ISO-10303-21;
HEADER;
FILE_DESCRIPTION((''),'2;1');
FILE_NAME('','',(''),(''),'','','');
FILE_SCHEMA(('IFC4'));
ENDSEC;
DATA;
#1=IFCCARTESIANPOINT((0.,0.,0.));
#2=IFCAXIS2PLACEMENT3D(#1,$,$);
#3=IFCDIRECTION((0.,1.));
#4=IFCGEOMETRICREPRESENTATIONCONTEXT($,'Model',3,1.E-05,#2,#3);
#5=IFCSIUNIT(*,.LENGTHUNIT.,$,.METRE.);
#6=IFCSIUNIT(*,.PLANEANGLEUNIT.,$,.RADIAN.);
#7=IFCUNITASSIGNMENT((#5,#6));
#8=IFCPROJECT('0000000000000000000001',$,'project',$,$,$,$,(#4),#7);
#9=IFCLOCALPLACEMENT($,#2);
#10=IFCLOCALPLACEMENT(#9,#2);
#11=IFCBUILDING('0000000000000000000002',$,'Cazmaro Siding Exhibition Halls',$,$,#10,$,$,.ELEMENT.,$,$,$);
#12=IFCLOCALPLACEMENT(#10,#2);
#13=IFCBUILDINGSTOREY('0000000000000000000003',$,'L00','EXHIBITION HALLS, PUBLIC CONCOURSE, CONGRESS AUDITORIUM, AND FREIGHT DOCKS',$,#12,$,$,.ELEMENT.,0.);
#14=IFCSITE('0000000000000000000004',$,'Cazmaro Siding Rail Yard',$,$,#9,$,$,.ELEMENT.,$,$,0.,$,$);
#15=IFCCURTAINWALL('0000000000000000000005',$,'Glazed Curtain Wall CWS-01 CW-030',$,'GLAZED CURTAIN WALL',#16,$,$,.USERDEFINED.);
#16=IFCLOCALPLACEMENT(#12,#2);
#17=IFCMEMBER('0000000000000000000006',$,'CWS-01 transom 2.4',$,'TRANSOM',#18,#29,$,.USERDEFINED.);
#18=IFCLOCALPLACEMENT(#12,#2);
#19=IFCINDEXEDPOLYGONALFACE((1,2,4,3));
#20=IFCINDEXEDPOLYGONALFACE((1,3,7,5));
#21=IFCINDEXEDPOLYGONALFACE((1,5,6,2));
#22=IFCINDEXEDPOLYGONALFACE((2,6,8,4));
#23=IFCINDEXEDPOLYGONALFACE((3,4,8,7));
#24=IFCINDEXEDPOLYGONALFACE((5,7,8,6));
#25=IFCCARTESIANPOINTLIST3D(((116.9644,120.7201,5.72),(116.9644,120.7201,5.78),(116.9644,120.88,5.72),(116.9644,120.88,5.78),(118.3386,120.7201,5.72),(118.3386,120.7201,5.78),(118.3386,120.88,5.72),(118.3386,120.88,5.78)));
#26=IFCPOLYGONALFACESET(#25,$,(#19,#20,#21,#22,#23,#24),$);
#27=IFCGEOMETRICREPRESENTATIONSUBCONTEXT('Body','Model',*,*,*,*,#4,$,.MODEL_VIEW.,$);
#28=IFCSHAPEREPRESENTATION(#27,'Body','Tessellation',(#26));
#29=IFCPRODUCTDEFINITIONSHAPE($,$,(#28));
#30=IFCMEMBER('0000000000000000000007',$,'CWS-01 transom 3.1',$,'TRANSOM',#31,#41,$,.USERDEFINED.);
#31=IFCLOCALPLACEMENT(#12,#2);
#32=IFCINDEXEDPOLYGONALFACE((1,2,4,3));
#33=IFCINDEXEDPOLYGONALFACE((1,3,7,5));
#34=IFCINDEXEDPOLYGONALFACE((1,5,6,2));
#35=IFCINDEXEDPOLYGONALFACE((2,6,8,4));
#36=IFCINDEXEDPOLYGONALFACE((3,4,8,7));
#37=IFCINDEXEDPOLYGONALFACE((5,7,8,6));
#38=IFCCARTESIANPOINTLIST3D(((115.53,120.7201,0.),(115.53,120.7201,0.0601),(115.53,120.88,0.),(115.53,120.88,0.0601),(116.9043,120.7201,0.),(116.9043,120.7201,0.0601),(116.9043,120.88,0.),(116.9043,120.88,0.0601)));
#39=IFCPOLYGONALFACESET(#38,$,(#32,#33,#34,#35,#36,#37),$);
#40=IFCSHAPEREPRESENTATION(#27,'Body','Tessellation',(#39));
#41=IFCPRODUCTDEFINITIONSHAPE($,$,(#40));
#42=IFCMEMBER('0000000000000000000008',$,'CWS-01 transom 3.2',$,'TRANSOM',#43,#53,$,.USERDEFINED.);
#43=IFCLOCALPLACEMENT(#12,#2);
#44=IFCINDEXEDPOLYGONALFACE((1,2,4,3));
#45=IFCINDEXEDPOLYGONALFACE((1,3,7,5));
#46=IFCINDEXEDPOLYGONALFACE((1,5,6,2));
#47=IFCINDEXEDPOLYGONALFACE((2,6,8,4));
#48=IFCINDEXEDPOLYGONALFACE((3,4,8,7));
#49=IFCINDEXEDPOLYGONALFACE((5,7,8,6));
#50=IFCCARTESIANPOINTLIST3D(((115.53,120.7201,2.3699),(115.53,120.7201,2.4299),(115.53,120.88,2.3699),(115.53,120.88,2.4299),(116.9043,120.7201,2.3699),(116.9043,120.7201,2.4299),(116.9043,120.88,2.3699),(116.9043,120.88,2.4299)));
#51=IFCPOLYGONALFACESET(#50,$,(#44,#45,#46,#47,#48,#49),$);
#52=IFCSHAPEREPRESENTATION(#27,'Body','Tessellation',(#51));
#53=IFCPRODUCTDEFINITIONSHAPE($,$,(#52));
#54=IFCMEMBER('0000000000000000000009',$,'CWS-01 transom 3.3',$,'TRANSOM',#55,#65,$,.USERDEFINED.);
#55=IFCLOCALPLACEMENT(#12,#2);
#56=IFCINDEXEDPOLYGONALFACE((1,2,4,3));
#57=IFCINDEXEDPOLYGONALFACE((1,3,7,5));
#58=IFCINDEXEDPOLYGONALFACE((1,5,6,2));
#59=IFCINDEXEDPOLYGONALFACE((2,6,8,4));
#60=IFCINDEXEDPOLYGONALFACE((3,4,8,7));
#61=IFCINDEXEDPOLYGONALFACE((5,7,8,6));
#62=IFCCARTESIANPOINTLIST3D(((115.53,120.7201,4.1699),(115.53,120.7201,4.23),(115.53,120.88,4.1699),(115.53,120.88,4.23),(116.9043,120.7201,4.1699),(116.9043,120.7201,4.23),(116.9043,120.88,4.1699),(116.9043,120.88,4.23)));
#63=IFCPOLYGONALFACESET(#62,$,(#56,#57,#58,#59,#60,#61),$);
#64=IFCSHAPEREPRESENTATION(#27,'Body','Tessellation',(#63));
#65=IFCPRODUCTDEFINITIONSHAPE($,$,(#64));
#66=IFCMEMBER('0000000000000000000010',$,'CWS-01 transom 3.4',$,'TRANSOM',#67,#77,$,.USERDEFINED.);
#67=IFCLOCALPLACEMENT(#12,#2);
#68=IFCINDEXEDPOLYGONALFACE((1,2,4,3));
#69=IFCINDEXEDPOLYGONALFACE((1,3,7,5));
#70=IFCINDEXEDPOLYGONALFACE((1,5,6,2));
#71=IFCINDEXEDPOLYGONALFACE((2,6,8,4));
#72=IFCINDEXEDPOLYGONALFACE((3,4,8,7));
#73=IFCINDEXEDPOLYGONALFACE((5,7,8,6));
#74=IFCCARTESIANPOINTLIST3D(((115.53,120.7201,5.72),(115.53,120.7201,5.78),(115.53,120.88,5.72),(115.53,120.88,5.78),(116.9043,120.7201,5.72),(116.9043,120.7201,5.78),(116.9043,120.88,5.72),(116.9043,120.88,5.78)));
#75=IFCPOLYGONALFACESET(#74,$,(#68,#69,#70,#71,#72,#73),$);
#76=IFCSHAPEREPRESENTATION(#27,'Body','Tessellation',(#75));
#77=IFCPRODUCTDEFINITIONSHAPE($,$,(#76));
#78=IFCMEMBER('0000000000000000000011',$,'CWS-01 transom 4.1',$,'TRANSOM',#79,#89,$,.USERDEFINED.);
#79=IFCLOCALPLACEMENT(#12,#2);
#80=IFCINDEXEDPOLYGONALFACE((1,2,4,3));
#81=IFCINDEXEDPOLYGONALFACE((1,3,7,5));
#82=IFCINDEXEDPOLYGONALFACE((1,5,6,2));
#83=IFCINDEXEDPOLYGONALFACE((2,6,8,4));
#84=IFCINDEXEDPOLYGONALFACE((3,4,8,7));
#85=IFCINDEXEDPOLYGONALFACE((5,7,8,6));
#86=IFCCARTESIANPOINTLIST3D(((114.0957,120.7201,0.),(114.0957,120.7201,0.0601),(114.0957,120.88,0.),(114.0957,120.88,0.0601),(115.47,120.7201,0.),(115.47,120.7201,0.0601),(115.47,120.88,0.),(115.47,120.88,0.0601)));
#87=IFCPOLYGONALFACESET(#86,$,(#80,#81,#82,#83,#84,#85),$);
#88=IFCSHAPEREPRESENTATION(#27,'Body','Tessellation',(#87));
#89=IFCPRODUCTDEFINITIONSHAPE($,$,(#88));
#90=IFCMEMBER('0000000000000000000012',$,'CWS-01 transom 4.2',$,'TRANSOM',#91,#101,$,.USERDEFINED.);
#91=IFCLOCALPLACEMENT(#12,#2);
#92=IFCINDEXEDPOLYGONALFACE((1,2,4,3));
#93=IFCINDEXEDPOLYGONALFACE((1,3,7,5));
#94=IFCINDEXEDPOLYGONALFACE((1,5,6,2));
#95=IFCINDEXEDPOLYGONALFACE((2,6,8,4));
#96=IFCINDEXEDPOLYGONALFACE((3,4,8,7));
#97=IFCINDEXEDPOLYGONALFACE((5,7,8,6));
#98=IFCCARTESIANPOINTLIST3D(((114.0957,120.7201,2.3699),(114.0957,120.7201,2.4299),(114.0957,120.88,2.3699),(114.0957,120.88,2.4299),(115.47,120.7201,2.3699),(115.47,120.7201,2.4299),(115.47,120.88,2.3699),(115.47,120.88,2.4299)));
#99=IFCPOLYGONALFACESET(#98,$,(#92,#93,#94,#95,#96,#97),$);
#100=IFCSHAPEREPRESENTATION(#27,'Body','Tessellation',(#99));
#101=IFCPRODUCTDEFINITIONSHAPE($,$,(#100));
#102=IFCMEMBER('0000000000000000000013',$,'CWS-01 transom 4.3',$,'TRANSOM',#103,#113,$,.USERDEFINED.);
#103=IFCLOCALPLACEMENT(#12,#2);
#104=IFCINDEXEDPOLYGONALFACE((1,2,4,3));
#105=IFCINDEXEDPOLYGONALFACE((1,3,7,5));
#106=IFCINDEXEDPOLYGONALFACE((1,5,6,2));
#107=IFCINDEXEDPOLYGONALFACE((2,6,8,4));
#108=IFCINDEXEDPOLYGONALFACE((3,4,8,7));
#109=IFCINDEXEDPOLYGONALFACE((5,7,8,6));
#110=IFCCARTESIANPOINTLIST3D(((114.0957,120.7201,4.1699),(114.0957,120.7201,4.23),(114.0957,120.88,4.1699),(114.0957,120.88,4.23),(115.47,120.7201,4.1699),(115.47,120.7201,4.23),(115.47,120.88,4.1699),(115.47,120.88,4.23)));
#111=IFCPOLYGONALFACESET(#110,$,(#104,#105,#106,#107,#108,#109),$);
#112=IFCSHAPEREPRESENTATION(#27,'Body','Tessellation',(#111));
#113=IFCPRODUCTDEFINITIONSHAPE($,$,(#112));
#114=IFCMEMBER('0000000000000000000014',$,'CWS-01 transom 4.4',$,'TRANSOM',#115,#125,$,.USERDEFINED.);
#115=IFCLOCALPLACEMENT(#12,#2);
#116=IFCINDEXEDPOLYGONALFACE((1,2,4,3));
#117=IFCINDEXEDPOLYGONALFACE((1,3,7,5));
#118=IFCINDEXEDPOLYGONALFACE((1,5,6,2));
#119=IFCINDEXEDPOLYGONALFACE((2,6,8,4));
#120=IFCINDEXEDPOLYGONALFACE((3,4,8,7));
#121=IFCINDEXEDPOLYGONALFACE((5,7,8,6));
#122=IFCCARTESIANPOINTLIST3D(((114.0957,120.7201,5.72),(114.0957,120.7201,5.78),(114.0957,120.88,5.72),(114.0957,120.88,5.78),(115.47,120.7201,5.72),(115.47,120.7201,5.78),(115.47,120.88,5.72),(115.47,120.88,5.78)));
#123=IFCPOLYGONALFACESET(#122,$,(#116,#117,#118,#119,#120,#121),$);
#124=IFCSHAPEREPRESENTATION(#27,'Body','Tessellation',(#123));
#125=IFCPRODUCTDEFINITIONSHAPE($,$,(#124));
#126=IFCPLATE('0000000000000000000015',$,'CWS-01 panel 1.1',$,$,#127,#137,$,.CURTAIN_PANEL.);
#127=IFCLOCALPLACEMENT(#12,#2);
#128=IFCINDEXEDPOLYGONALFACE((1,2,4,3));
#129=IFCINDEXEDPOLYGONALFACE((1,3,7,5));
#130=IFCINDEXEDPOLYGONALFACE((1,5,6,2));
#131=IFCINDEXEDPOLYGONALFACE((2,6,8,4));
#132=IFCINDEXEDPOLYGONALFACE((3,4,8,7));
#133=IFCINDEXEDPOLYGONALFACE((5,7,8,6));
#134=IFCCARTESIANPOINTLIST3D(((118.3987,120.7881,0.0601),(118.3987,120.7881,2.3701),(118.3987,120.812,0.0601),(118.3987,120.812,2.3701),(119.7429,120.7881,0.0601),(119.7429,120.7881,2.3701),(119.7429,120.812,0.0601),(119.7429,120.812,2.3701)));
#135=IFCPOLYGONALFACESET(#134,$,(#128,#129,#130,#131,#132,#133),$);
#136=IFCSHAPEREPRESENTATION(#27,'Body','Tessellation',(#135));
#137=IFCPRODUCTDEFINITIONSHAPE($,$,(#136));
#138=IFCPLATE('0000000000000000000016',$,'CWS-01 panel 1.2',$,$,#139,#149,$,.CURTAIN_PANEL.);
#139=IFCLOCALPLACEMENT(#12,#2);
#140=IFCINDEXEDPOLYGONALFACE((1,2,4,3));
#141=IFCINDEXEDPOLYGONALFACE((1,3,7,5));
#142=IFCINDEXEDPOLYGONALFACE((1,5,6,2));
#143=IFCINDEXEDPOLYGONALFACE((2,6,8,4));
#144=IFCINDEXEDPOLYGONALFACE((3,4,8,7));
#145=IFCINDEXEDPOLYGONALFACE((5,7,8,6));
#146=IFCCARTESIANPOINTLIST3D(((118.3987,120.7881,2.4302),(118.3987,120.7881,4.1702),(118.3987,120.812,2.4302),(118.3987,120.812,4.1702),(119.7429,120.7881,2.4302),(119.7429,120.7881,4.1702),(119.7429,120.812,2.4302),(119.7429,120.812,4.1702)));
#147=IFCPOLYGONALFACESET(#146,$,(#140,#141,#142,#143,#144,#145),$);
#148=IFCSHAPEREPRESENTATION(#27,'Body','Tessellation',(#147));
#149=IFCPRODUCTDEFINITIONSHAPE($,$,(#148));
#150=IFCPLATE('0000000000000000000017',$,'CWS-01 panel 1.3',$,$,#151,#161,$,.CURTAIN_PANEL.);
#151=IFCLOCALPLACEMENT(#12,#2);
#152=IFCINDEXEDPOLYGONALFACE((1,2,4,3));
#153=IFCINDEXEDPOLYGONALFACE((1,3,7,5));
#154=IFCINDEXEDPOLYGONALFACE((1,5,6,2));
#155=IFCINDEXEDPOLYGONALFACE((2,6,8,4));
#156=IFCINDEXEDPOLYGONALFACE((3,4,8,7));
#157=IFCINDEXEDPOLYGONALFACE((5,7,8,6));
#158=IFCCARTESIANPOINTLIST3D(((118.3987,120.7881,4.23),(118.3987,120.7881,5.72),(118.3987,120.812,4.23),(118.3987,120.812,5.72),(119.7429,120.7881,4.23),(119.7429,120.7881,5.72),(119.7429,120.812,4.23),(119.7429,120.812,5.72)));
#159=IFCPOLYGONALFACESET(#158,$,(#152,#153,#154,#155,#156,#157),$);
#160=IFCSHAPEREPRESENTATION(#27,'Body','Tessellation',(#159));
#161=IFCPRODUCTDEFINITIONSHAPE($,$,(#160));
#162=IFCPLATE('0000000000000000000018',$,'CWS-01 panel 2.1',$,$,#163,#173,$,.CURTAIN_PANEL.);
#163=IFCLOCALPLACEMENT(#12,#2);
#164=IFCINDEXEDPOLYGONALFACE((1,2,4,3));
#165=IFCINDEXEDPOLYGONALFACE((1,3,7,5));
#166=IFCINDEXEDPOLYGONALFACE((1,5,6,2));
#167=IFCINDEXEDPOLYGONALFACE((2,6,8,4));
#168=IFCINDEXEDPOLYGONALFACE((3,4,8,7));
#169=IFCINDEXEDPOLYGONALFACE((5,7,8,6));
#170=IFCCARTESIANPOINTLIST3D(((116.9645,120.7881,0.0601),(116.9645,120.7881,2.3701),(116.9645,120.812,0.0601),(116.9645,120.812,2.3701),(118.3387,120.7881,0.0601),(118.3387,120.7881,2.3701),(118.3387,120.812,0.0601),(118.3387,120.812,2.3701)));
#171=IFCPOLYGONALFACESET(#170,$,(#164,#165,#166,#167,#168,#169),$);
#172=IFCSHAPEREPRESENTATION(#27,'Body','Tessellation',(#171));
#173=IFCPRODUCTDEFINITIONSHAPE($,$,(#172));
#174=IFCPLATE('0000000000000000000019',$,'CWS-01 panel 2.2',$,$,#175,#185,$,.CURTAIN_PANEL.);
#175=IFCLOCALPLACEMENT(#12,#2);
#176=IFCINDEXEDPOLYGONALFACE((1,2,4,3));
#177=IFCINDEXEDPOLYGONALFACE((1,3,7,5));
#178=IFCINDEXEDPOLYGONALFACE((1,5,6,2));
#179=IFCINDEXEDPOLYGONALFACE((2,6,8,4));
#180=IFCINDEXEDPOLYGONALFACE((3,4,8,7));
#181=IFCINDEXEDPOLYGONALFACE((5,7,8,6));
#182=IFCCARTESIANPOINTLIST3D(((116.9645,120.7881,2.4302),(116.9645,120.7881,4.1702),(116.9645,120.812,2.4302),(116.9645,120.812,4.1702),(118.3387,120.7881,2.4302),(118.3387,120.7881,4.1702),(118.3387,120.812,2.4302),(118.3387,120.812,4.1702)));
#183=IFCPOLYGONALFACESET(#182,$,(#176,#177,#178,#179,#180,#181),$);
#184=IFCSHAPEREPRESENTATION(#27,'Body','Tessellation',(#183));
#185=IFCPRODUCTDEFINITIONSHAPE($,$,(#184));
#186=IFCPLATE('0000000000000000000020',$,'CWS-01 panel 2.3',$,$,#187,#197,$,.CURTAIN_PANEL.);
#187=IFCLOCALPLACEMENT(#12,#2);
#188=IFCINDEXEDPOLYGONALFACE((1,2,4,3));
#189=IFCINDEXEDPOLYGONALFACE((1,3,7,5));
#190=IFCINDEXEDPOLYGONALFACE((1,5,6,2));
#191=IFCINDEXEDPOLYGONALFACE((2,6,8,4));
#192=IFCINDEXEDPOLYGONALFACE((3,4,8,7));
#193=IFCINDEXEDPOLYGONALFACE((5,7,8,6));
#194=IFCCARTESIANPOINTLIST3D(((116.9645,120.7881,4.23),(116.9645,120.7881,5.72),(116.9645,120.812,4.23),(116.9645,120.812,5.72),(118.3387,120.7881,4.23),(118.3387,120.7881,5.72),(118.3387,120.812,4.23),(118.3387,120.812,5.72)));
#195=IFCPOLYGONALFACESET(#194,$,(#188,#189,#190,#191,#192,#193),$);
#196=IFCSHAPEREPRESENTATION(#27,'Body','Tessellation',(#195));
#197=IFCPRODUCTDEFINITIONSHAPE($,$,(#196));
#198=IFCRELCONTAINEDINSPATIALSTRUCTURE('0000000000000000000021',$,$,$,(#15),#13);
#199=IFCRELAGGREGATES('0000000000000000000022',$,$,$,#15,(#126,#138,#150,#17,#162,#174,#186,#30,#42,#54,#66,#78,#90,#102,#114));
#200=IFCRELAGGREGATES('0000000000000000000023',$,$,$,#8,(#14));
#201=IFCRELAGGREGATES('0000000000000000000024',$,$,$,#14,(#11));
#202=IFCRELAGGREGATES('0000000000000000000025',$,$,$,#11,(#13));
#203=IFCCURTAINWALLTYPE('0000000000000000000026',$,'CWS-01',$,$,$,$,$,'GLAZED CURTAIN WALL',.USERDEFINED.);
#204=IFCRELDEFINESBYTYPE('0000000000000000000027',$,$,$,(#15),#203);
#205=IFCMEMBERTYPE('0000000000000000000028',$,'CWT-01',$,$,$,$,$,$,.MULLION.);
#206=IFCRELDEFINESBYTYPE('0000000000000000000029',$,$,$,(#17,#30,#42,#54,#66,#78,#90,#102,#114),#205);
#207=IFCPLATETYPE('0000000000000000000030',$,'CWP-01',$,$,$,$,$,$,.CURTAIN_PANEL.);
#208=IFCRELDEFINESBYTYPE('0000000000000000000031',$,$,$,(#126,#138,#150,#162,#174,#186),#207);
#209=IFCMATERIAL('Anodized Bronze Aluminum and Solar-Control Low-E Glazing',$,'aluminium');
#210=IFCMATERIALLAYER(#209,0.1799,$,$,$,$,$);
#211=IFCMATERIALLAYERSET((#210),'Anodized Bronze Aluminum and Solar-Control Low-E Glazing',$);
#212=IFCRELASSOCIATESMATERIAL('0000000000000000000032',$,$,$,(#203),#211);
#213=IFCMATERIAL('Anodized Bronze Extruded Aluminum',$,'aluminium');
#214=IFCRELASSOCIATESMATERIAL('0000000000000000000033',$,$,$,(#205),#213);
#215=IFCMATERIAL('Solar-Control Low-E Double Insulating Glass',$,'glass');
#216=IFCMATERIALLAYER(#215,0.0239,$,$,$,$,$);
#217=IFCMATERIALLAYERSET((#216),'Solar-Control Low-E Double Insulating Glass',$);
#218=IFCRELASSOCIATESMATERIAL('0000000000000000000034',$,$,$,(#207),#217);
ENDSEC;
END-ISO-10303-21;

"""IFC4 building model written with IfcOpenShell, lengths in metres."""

from ifc_helpers import new_model, si_unit, direction, frame, origin, origin_2d, place, context, subcontext, project, spatial, rectangle, extrude, material, layer, layer_set, material_profile, profile_set, type_object, element, aggregate, save


model = new_model("IFC4")

# Units and contexts
model_context = context("Model", 3, precision=1e-05, world=origin(), true_north=direction((0.0, 1.0)))
body_context = subcontext(model_context, "Body", "Model", "MODEL_VIEW")
ifc_project = project(units=[si_unit("LENGTHUNIT", "METRE"), si_unit("PLANEANGLEUNIT", "RADIAN")], contexts=[model_context])

# Site, building, storey
site_placement = place(None, origin())
site = spatial("IfcSite", under=ifc_project, at=site_placement, Name="Cazmaro Siding Rail Yard", CompositionType="ELEMENT", RefElevation=0.0)
building_placement = place(site_placement, origin())
building = spatial("IfcBuilding", under=site, at=building_placement, Name="Cazmaro Siding Exhibition Halls", CompositionType="ELEMENT")
storey_placement = place(building_placement, origin())
storey = spatial("IfcBuildingStorey", under=building, at=storey_placement, Name="L00", Description="EXHIBITION HALLS, PUBLIC CONCOURSE, CONGRESS AUDITORIUM, AND FREIGHT DOCKS", CompositionType="ELEMENT", Elevation=0.0)

# Curtain wall, members, plates
ifc_material_1 = material(Name="Anodized Bronze Aluminum and Solar-Control Low-E Glazing", Category="aluminium")
ifc_layer_1 = layer(ifc_material_1, 0.1799)
ifc_layer_set_1 = layer_set([ifc_layer_1], Name="Anodized Bronze Aluminum and Solar-Control Low-E Glazing")
curtain_wall_type = type_object("IfcCurtainWallType", Name="CWS-01", ElementType="GLAZED CURTAIN WALL", PredefinedType="USERDEFINED", material=ifc_layer_set_1)
curtain_wall_placement = place(storey_placement, origin())
curtain_wall = element("IfcCurtainWall", 1, at=curtain_wall_placement, inside=storey, type_object=curtain_wall_type, Name="Glazed Curtain Wall CWS-01 CW-030", ObjectType="GLAZED CURTAIN WALL", PredefinedType="USERDEFINED")
ifc_material_2 = material(Name="Anodized Bronze Extruded Aluminum", Category="aluminium")
ifc_material_profile_1 = material_profile(ifc_material_2, rectangle(XDim=0.1599, YDim=0.0601, at=origin_2d()), Name="CWT-01")
ifc_profile_set_1 = profile_set([ifc_material_profile_1], Name="Anodized Bronze Extruded Aluminum")
member_type_1 = type_object("IfcMemberType", Name="CWT-01", PredefinedType="MULLION", material=ifc_profile_set_1)
member_1_placement = place(storey_placement, frame((118.3386, 120.8, 5.75), z_axis=(-1.0, 0.0, 0.0), x_axis=(0.0, -1.0, 0.0)))
member_1 = element("IfcMember", 2, at=member_1_placement, type_object=member_type_1, Name="CWS-01 transom 2.4", ObjectType="TRANSOM", PredefinedType="USERDEFINED", context=body_context, shape_type="SweptSolid", body=[
    extrude(rectangle(XDim=0.1599, YDim=0.0601, at=origin_2d()), origin(), (0.0, 0.0, 1.0), 1.3743),
])
member_2_placement = place(storey_placement, frame((116.9043, 120.8, 0.03), z_axis=(-1.0, 0.0, 0.0), x_axis=(0.0, -1.0, 0.0)))
member_2 = element("IfcMember", 3, at=member_2_placement, type_object=member_type_1, Name="CWS-01 transom 3.1", ObjectType="TRANSOM", PredefinedType="USERDEFINED", context=body_context, shape_type="SweptSolid", body=[
    extrude(rectangle(XDim=0.1599, YDim=0.0601, at=origin_2d()), origin(), (0.0, 0.0, 1.0), 1.3743),
])
member_3_placement = place(storey_placement, frame((116.9043, 120.8, 2.3999), z_axis=(-1.0, 0.0, 0.0), x_axis=(0.0, -1.0, 0.0)))
member_3 = element("IfcMember", 4, at=member_3_placement, type_object=member_type_1, Name="CWS-01 transom 3.2", ObjectType="TRANSOM", PredefinedType="USERDEFINED", context=body_context, shape_type="SweptSolid", body=[
    extrude(rectangle(XDim=0.1599, YDim=0.0601, at=origin_2d()), origin(), (0.0, 0.0, 1.0), 1.3743),
])
member_4_placement = place(storey_placement, frame((116.9043, 120.8, 4.2), z_axis=(-1.0, 0.0, 0.0), x_axis=(0.0, -1.0, 0.0)))
member_4 = element("IfcMember", 5, at=member_4_placement, type_object=member_type_1, Name="CWS-01 transom 3.3", ObjectType="TRANSOM", PredefinedType="USERDEFINED", context=body_context, shape_type="SweptSolid", body=[
    extrude(rectangle(XDim=0.1599, YDim=0.0601, at=origin_2d()), origin(), (0.0, 0.0, 1.0), 1.3743),
])
member_5_placement = place(storey_placement, frame((116.9043, 120.8, 5.75), z_axis=(-1.0, 0.0, 0.0), x_axis=(0.0, -1.0, 0.0)))
member_5 = element("IfcMember", 6, at=member_5_placement, type_object=member_type_1, Name="CWS-01 transom 3.4", ObjectType="TRANSOM", PredefinedType="USERDEFINED", context=body_context, shape_type="SweptSolid", body=[
    extrude(rectangle(XDim=0.1599, YDim=0.0601, at=origin_2d()), origin(), (0.0, 0.0, 1.0), 1.3743),
])
member_6_placement = place(storey_placement, frame((115.47, 120.8, 0.03), z_axis=(-1.0, 0.0, 0.0), x_axis=(0.0, -1.0, 0.0)))
member_6 = element("IfcMember", 7, at=member_6_placement, type_object=member_type_1, Name="CWS-01 transom 4.1", ObjectType="TRANSOM", PredefinedType="USERDEFINED", context=body_context, shape_type="SweptSolid", body=[
    extrude(rectangle(XDim=0.1599, YDim=0.0601, at=origin_2d()), origin(), (0.0, 0.0, 1.0), 1.3743),
])
member_7_placement = place(storey_placement, frame((115.47, 120.8, 2.3999), z_axis=(-1.0, 0.0, 0.0), x_axis=(0.0, -1.0, 0.0)))
member_7 = element("IfcMember", 8, at=member_7_placement, type_object=member_type_1, Name="CWS-01 transom 4.2", ObjectType="TRANSOM", PredefinedType="USERDEFINED", context=body_context, shape_type="SweptSolid", body=[
    extrude(rectangle(XDim=0.1599, YDim=0.0601, at=origin_2d()), origin(), (0.0, 0.0, 1.0), 1.3743),
])
member_8_placement = place(storey_placement, frame((115.47, 120.8, 4.2), z_axis=(-1.0, 0.0, 0.0), x_axis=(0.0, -1.0, 0.0)))
member_8 = element("IfcMember", 9, at=member_8_placement, type_object=member_type_1, Name="CWS-01 transom 4.3", ObjectType="TRANSOM", PredefinedType="USERDEFINED", context=body_context, shape_type="SweptSolid", body=[
    extrude(rectangle(XDim=0.1599, YDim=0.0601, at=origin_2d()), origin(), (0.0, 0.0, 1.0), 1.3743),
])
member_9_placement = place(storey_placement, frame((115.47, 120.8, 5.75), z_axis=(-1.0, 0.0, 0.0), x_axis=(0.0, -1.0, 0.0)))
member_9 = element("IfcMember", 10, at=member_9_placement, type_object=member_type_1, Name="CWS-01 transom 4.4", ObjectType="TRANSOM", PredefinedType="USERDEFINED", context=body_context, shape_type="SweptSolid", body=[
    extrude(rectangle(XDim=0.1599, YDim=0.0601, at=origin_2d()), origin(), (0.0, 0.0, 1.0), 1.3743),
])
ifc_material_3 = material(Name="Solar-Control Low-E Double Insulating Glass", Category="glass")
ifc_layer_2 = layer(ifc_material_3, 0.0239)
ifc_layer_set_2 = layer_set([ifc_layer_2], Name="Solar-Control Low-E Double Insulating Glass")
plate_type = type_object("IfcPlateType", Name="CWP-01", PredefinedType="CURTAIN_PANEL", material=ifc_layer_set_2)
plate_1_placement = place(storey_placement, frame((119.0708, 120.8, 0.0601), z_axis=(0.0, 0.0, 1.0), x_axis=(-1.0, 0.0, 0.0)))
plate_1 = element("IfcPlate", 11, at=plate_1_placement, type_object=plate_type, Name="CWS-01 panel 1.1", PredefinedType="CURTAIN_PANEL", context=body_context, shape_type="SweptSolid", body=[
    extrude(rectangle(XDim=1.3442, YDim=0.0239, at=origin_2d()), origin(), (0.0, 0.0, 1.0), 2.3101),
])
plate_2_placement = place(storey_placement, frame((119.0708, 120.8, 2.4302), z_axis=(0.0, 0.0, 1.0), x_axis=(-1.0, 0.0, 0.0)))
plate_2 = element("IfcPlate", 12, at=plate_2_placement, type_object=plate_type, Name="CWS-01 panel 1.2", PredefinedType="CURTAIN_PANEL", context=body_context, shape_type="SweptSolid", body=[
    extrude(rectangle(XDim=1.3442, YDim=0.0239, at=origin_2d()), origin(), (0.0, 0.0, 1.0), 1.74),
])
plate_3_placement = place(storey_placement, frame((119.0708, 120.8, 4.23), z_axis=(0.0, 0.0, 1.0), x_axis=(-1.0, 0.0, 0.0)))
plate_3 = element("IfcPlate", 13, at=plate_3_placement, type_object=plate_type, Name="CWS-01 panel 1.3", PredefinedType="CURTAIN_PANEL", context=body_context, shape_type="SweptSolid", body=[
    extrude(rectangle(XDim=1.3442, YDim=0.0239, at=origin_2d()), origin(), (0.0, 0.0, 1.0), 1.49),
])
plate_4_placement = place(storey_placement, frame((117.6516, 120.8, 0.0601), z_axis=(0.0, 0.0, 1.0), x_axis=(-1.0, 0.0, 0.0)))
plate_4 = element("IfcPlate", 14, at=plate_4_placement, type_object=plate_type, Name="CWS-01 panel 2.1", PredefinedType="CURTAIN_PANEL", context=body_context, shape_type="SweptSolid", body=[
    extrude(rectangle(XDim=1.3743, YDim=0.0239, at=origin_2d()), origin(), (0.0, 0.0, 1.0), 2.3101),
])
plate_5_placement = place(storey_placement, frame((117.6516, 120.8, 2.4302), z_axis=(0.0, 0.0, 1.0), x_axis=(-1.0, 0.0, 0.0)))
plate_5 = element("IfcPlate", 15, at=plate_5_placement, type_object=plate_type, Name="CWS-01 panel 2.2", PredefinedType="CURTAIN_PANEL", context=body_context, shape_type="SweptSolid", body=[
    extrude(rectangle(XDim=1.3743, YDim=0.0239, at=origin_2d()), origin(), (0.0, 0.0, 1.0), 1.74),
])
plate_6_placement = place(storey_placement, frame((117.6516, 120.8, 4.23), z_axis=(0.0, 0.0, 1.0), x_axis=(-1.0, 0.0, 0.0)))
plate_6 = element("IfcPlate", 16, at=plate_6_placement, type_object=plate_type, Name="CWS-01 panel 2.3", PredefinedType="CURTAIN_PANEL", context=body_context, shape_type="SweptSolid", body=[
    extrude(rectangle(XDim=1.3743, YDim=0.0239, at=origin_2d()), origin(), (0.0, 0.0, 1.0), 1.49),
])
aggregate(curtain_wall, [plate_1, plate_2, plate_3, member_1, plate_4, plate_5, plate_6, member_2, member_3, member_4, member_5, member_6, member_7, member_8, member_9])

save(model, "model.ifc")
